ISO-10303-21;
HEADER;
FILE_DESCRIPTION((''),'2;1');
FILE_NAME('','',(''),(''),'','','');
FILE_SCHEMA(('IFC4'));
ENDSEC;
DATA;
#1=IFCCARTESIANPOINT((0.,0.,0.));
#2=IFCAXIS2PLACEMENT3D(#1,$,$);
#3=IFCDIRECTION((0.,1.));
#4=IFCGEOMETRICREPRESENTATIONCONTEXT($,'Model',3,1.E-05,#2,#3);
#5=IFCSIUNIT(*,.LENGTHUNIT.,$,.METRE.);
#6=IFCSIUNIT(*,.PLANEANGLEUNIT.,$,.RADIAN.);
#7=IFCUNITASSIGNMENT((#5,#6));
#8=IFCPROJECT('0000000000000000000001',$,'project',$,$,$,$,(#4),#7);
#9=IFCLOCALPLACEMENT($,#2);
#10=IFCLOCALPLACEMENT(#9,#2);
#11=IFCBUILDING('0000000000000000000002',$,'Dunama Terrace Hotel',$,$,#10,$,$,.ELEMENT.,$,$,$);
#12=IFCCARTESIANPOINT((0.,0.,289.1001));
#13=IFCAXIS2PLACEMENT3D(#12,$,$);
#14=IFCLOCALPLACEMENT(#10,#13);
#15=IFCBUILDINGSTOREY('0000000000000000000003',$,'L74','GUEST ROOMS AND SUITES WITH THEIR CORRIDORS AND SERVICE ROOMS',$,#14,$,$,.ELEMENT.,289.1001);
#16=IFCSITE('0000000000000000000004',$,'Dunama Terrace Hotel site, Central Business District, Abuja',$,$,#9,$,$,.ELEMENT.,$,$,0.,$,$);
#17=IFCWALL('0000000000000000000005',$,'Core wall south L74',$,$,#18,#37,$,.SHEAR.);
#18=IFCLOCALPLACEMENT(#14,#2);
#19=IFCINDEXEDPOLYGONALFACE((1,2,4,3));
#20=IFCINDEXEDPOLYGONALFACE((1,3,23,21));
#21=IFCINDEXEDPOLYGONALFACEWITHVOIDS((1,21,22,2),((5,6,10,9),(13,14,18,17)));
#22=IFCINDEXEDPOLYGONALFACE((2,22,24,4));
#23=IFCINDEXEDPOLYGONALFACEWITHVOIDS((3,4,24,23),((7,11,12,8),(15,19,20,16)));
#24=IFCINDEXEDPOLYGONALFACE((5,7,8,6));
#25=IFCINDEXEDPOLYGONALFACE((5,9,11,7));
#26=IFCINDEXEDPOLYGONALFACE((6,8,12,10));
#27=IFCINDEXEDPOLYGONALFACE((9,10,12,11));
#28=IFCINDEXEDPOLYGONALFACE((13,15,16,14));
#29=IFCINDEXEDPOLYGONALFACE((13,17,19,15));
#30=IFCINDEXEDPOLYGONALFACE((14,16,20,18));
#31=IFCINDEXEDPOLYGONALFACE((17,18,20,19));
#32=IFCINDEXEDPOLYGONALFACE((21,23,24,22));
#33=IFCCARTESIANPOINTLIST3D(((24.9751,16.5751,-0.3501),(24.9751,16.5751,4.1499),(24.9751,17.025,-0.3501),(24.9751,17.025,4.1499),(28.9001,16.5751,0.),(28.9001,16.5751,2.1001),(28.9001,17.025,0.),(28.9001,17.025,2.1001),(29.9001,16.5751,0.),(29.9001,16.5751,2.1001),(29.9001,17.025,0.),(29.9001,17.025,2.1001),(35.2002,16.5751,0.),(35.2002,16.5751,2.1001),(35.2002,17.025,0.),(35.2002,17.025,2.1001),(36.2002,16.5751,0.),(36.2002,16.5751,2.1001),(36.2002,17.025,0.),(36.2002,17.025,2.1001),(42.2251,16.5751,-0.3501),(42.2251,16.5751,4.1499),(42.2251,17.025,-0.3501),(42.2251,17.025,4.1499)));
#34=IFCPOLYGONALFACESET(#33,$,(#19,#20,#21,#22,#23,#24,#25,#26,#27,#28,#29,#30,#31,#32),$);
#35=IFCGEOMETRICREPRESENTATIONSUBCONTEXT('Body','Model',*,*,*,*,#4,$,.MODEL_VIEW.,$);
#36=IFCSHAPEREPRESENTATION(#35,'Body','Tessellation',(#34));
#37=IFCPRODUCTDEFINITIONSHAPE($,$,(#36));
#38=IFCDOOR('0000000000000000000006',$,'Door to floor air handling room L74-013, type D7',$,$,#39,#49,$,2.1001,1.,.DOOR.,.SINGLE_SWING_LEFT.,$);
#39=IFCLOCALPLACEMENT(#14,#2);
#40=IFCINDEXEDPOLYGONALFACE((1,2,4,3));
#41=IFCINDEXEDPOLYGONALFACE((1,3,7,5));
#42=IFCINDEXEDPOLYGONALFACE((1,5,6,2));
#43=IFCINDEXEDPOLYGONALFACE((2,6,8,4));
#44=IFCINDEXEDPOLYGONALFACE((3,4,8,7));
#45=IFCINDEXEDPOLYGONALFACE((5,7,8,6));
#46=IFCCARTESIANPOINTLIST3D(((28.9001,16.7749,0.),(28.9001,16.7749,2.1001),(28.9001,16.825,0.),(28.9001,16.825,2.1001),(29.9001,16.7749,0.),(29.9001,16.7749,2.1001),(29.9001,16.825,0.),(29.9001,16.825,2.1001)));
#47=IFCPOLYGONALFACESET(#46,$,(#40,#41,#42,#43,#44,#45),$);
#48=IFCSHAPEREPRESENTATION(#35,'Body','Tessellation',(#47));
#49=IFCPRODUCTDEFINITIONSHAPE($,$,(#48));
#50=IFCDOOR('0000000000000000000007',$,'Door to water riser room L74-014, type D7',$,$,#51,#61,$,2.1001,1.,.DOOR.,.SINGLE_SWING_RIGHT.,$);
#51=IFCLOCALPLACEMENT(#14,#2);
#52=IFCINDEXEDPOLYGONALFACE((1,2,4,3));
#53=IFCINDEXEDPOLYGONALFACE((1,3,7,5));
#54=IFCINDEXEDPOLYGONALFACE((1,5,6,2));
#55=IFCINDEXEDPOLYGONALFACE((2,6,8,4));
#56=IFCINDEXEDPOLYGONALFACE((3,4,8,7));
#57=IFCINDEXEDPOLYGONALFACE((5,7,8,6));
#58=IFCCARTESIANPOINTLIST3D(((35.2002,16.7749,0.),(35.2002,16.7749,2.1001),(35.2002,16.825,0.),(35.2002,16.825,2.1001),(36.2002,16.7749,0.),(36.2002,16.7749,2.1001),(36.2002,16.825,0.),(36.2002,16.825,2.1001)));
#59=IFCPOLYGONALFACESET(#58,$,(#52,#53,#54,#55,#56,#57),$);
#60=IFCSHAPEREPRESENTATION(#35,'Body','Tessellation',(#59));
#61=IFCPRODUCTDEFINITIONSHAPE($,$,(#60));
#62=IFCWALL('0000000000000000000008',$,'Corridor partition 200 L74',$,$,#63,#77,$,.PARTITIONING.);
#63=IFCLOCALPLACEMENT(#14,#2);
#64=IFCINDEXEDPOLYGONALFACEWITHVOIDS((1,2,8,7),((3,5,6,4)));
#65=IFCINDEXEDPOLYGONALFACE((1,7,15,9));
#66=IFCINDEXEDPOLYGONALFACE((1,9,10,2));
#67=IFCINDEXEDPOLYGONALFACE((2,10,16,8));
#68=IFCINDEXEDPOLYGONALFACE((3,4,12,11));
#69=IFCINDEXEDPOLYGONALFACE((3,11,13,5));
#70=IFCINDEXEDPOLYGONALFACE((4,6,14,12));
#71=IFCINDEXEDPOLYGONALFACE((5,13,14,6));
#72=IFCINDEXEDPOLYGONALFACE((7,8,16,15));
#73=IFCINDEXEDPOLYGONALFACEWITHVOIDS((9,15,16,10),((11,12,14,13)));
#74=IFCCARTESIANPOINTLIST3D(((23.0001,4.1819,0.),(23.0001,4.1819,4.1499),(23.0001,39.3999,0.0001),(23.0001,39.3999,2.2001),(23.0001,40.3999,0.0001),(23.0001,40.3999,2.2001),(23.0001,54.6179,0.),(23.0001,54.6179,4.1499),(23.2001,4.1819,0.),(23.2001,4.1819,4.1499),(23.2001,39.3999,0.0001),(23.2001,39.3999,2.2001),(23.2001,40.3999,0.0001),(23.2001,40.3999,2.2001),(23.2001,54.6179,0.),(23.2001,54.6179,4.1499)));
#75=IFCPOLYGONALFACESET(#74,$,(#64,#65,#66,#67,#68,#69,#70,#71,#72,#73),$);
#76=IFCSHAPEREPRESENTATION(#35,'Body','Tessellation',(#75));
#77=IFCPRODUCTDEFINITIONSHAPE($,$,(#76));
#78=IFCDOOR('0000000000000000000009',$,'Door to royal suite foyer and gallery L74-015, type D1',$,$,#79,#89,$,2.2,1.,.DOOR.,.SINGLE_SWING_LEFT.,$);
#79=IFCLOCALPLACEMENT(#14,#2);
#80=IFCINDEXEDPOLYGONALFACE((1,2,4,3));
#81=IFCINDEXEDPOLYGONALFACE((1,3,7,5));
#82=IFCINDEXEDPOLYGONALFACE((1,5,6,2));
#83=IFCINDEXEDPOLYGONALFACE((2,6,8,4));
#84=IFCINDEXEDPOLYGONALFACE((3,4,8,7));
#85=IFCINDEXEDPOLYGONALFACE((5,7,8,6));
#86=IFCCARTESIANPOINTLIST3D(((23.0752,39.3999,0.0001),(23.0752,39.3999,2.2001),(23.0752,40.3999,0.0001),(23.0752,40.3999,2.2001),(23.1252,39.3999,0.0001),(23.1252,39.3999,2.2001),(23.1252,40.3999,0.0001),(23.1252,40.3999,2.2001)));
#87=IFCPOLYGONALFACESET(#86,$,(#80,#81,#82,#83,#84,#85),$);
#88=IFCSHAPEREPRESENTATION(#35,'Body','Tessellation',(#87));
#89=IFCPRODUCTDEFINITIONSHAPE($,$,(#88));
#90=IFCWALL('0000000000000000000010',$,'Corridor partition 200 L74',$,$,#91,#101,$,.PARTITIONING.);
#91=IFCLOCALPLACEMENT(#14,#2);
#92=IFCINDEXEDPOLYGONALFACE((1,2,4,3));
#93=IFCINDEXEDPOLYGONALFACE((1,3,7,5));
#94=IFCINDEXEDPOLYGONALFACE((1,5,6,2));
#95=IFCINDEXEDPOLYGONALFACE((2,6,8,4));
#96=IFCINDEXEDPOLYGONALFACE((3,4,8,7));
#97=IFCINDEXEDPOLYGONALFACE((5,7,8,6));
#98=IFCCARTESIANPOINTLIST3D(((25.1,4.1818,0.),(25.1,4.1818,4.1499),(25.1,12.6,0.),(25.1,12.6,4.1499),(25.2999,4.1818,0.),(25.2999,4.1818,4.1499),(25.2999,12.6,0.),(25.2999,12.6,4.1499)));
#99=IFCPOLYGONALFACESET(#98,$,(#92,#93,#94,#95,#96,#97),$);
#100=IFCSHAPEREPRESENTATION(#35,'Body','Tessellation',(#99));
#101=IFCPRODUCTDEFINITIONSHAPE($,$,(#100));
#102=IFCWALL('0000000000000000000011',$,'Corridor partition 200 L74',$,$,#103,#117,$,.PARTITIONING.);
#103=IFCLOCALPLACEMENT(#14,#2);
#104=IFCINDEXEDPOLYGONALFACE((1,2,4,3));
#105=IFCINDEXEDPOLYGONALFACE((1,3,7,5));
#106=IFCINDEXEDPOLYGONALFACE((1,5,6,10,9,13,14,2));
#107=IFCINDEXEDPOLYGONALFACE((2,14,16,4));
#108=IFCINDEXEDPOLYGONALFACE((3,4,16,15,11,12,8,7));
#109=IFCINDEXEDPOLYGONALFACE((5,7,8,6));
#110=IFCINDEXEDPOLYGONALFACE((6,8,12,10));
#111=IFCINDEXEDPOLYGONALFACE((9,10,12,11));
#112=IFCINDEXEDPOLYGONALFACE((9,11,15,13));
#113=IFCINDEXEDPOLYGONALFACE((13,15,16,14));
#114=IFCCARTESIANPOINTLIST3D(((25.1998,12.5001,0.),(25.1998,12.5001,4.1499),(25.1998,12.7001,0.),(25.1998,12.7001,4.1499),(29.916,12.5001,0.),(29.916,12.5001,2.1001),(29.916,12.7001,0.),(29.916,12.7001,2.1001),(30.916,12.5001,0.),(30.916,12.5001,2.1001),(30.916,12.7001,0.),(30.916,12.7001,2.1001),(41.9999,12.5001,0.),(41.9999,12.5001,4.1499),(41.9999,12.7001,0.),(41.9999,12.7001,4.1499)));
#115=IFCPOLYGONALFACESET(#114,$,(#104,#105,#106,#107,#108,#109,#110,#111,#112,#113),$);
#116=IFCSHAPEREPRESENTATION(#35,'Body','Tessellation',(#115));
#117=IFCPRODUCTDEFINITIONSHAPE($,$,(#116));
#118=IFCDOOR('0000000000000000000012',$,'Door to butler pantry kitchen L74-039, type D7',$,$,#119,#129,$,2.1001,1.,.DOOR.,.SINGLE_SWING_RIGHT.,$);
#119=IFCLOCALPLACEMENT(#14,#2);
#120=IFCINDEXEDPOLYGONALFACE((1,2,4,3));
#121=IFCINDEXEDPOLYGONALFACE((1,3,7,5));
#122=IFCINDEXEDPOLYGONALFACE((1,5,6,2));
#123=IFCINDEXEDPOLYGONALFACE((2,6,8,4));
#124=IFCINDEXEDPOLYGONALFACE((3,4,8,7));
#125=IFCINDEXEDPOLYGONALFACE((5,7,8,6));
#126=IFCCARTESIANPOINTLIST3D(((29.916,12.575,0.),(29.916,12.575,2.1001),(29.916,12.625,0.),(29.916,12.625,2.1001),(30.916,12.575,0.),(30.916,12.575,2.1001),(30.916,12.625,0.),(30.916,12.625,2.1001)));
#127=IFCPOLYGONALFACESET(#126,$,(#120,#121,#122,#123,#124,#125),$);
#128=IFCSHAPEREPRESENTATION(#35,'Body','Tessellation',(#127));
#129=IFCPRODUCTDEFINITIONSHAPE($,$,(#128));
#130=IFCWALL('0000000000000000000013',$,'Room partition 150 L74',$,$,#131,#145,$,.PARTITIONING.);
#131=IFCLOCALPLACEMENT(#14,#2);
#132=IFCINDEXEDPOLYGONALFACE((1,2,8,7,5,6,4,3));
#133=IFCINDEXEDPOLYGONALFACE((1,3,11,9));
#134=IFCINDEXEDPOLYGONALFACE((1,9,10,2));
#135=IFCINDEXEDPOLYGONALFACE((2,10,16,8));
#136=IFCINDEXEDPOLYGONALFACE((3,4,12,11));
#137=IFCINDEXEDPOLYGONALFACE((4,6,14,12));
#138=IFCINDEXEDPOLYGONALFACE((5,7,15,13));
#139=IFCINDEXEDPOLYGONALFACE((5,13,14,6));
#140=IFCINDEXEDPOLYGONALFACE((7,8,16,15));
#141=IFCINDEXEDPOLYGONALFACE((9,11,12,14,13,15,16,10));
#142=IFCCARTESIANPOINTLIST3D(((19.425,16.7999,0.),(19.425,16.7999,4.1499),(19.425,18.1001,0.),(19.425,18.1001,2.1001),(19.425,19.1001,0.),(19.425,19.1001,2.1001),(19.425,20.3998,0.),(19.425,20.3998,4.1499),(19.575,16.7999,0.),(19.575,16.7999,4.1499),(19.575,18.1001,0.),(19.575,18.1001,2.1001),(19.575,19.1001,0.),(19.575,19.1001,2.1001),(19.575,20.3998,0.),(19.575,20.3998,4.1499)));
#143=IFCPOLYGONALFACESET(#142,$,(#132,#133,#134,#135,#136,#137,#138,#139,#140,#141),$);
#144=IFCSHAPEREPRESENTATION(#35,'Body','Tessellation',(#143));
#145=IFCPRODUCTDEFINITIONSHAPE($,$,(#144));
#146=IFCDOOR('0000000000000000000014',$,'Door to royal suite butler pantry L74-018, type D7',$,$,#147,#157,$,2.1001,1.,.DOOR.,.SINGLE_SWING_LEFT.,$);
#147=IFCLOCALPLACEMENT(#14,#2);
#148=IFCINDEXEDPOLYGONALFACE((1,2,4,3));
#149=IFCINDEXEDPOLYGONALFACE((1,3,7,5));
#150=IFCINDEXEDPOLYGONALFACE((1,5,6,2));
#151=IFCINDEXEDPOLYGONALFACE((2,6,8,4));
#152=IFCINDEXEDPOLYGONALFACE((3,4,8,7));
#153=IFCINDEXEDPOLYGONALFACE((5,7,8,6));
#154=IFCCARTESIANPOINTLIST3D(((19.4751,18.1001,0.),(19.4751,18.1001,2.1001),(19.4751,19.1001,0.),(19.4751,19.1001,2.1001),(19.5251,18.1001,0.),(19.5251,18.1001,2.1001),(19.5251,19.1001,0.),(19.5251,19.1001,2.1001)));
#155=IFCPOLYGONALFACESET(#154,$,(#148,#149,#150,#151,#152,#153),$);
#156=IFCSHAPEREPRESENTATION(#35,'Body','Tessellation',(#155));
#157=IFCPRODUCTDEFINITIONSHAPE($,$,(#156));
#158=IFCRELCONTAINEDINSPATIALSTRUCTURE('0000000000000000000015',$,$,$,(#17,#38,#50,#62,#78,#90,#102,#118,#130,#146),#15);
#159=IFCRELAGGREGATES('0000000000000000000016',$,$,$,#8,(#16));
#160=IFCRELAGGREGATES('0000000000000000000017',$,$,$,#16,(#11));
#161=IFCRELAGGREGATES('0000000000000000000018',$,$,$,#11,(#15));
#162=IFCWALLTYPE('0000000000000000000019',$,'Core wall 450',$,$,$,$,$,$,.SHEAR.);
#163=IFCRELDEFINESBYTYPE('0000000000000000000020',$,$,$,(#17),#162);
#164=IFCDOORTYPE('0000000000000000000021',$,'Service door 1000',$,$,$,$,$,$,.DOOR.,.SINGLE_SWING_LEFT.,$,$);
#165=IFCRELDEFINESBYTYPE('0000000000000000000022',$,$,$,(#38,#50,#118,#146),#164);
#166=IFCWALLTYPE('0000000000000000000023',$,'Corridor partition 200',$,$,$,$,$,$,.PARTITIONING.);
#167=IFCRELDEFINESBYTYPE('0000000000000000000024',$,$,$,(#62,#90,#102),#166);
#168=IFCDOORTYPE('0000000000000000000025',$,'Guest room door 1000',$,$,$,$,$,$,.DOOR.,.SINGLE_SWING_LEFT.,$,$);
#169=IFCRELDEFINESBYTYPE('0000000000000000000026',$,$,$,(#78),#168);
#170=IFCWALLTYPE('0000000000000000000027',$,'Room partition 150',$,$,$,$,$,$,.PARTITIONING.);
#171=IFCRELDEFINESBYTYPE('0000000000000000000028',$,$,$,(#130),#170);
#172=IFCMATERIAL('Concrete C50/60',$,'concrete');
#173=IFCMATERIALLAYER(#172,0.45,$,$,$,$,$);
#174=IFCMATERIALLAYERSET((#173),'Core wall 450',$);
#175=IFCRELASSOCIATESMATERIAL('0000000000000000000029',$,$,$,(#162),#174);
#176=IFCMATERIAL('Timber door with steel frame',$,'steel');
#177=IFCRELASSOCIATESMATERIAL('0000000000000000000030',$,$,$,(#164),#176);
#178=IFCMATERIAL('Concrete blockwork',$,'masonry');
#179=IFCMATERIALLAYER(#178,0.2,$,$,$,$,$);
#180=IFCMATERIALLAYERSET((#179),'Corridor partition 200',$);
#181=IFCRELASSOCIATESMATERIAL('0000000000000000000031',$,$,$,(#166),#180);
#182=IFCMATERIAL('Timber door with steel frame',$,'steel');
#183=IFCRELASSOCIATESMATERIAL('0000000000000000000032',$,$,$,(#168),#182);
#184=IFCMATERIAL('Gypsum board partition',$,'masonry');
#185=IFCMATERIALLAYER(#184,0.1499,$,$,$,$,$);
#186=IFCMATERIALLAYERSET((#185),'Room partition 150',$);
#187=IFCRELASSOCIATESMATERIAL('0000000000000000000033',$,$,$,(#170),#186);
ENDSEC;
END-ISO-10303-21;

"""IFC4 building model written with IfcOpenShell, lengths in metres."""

from ifc_helpers import new_model, si_unit, direction, frame, frame_2d, origin, place, context, subcontext, project, spatial, rectangle, extrude, material, layer, layer_set, type_object, element, fill, save


model = new_model("IFC4")

# Units and contexts
model_context = context("Model", 3, precision=1e-05, world=origin(), true_north=direction((0.0, 1.0)))
body_context = subcontext(model_context, "Body", "Model", "MODEL_VIEW")
ifc_project = project(units=[si_unit("LENGTHUNIT", "METRE"), si_unit("PLANEANGLEUNIT", "RADIAN")], contexts=[model_context])

# Site, building, storey
site_placement = place(None, origin())
site = spatial("IfcSite", under=ifc_project, at=site_placement, Name="Dunama Terrace Hotel site, Central Business District, Abuja", CompositionType="ELEMENT", RefElevation=0.0)
building_placement = place(site_placement, origin())
building = spatial("IfcBuilding", under=site, at=building_placement, Name="Dunama Terrace Hotel", CompositionType="ELEMENT")
storey_placement = place(building_placement, frame((0.0, 0.0, 289.1001)))
storey = spatial("IfcBuildingStorey", under=building, at=storey_placement, Name="L74", Description="GUEST ROOMS AND SUITES WITH THEIR CORRIDORS AND SERVICE ROOMS", CompositionType="ELEMENT", Elevation=289.1001)

# Wall, openings, doors
ifc_material_1 = material(Name="Concrete C50/60", Category="concrete")
ifc_layer_1 = layer(ifc_material_1, 0.45)
ifc_layer_set_1 = layer_set([ifc_layer_1], Name="Core wall 450")
wall_type_1 = type_object("IfcWallType", Name="Core wall 450", PredefinedType="SHEAR", material=ifc_layer_set_1)
wall_1_placement = place(storey_placement, frame((24.9751, 16.8, -0.3501), z_axis=(0.0, 0.0, 1.0), x_axis=(1.0, 0.0, 0.0)))
wall_1 = element("IfcWall", 1, at=wall_1_placement, inside=storey, type_object=wall_type_1, Name="Core wall south L74", PredefinedType="SHEAR", context=body_context, shape_type="SweptSolid", body=[
    extrude(rectangle(XDim=17.25, YDim=0.45, at=frame_2d((8.625, 0.0))), origin(), (0.0, 0.0, 1.0), 4.5),
])
opening_1_placement = place(wall_1_placement, frame((3.925, 0.0, 0.3501)))
opening_1 = element("IfcOpeningElement", 2, at=opening_1_placement, cuts=wall_1, PredefinedType="OPENING", context=body_context, shape_type="SweptSolid", body=[
    extrude(rectangle(XDim=1.0, YDim=2.1001, at=frame_2d((0.5, 1.05))), frame((0.0, 0.2349, 0.0), z_axis=(0.0, -1.0, 0.0), x_axis=(1.0, 0.0, 0.0)), (0.0, 0.0, 1.0), 0.47),
])
opening_2_placement = place(wall_1_placement, frame((10.2251, 0.0, 0.3501)))
opening_2 = element("IfcOpeningElement", 3, at=opening_2_placement, cuts=wall_1, PredefinedType="OPENING", context=body_context, shape_type="SweptSolid", body=[
    extrude(rectangle(XDim=1.0, YDim=2.1001, at=frame_2d((0.5, 1.05))), frame((0.0, 0.2349, 0.0), z_axis=(0.0, -1.0, 0.0), x_axis=(1.0, 0.0, 0.0)), (0.0, 0.0, 1.0), 0.47),
])
ifc_material_2 = material(Name="Timber door with steel frame", Category="steel")
door_type_1 = type_object("IfcDoorType", Name="Service door 1000", OperationType="SINGLE_SWING_LEFT", PredefinedType="DOOR", material=ifc_material_2)
door_1_placement = place(opening_1_placement, origin())
door_1 = element("IfcDoor", 4, at=door_1_placement, inside=storey, type_object=door_type_1, Name="Door to floor air handling room L74-013, type D7", OperationType="SINGLE_SWING_LEFT", OverallHeight=2.1001, OverallWidth=1.0, PredefinedType="DOOR", context=body_context, shape_type="SweptSolid", body=[
    extrude(rectangle(XDim=1.0, YDim=2.1001, at=frame_2d((0.5, 1.05))), frame((0.0, 0.0249, 0.0), z_axis=(0.0, -1.0, 0.0), x_axis=(1.0, 0.0, 0.0)), (0.0, 0.0, 1.0), 0.05),
])
fill(opening_1, door_1)
door_2_placement = place(opening_2_placement, origin())
door_2 = element("IfcDoor", 5, at=door_2_placement, inside=storey, type_object=door_type_1, Name="Door to water riser room L74-014, type D7", OperationType="SINGLE_SWING_RIGHT", OverallHeight=2.1001, OverallWidth=1.0, PredefinedType="DOOR", context=body_context, shape_type="SweptSolid", body=[
    extrude(rectangle(XDim=1.0, YDim=2.1001, at=frame_2d((0.5, 1.05))), frame((0.0, 0.0249, 0.0), z_axis=(0.0, -1.0, 0.0), x_axis=(1.0, 0.0, 0.0)), (0.0, 0.0, 1.0), 0.05),
])
fill(opening_2, door_2)

# Wall, opening, door
ifc_material_3 = material(Name="Concrete blockwork", Category="masonry")
ifc_layer_2 = layer(ifc_material_3, 0.2)
ifc_layer_set_2 = layer_set([ifc_layer_2], Name="Corridor partition 200")
wall_type_2 = type_object("IfcWallType", Name="Corridor partition 200", PredefinedType="PARTITIONING", material=ifc_layer_set_2)
wall_2_placement = place(storey_placement, frame((23.1001, 4.1819, 0.0), z_axis=(0.0, 0.0, 1.0), x_axis=(0.0, 1.0, 0.0)))
wall_2 = element("IfcWall", 6, at=wall_2_placement, inside=storey, type_object=wall_type_2, Name="Corridor partition 200 L74", PredefinedType="PARTITIONING", context=body_context, shape_type="SweptSolid", body=[
    extrude(rectangle(XDim=50.436, YDim=0.2, at=frame_2d((25.218, 0.0))), origin(), (0.0, 0.0, 1.0), 4.1499),
])
opening_3_placement = place(wall_2_placement, frame((35.218, 0.0, 0.0)))
opening_3 = element("IfcOpeningElement", 7, at=opening_3_placement, cuts=wall_2, PredefinedType="OPENING", context=body_context, shape_type="SweptSolid", body=[
    extrude(rectangle(XDim=1.0, YDim=2.2, at=frame_2d((0.5, 1.1001))), frame((0.0, 0.1099, 0.0), z_axis=(0.0, -1.0, 0.0), x_axis=(1.0, 0.0, 0.0)), (0.0, 0.0, 1.0), 0.22),
])
ifc_material_4 = material(Name="Timber door with steel frame", Category="steel")
door_type_2 = type_object("IfcDoorType", Name="Guest room door 1000", OperationType="SINGLE_SWING_LEFT", PredefinedType="DOOR", material=ifc_material_4)
door_3_placement = place(opening_3_placement, origin())
door_3 = element("IfcDoor", 8, at=door_3_placement, inside=storey, type_object=door_type_2, Name="Door to royal suite foyer and gallery L74-015, type D1", OperationType="SINGLE_SWING_LEFT", OverallHeight=2.2, OverallWidth=1.0, PredefinedType="DOOR", context=body_context, shape_type="SweptSolid", body=[
    extrude(rectangle(XDim=1.0, YDim=2.2, at=frame_2d((0.5, 1.1001))), frame((0.0, 0.0249, 0.0), z_axis=(0.0, -1.0, 0.0), x_axis=(1.0, 0.0, 0.0)), (0.0, 0.0, 1.0), 0.05),
])
fill(opening_3, door_3)

# Wall
wall_3_placement = place(storey_placement, frame((25.2, 4.1819, 0.0), z_axis=(0.0, 0.0, 1.0), x_axis=(0.0, 1.0, 0.0)))
element("IfcWall", 9, at=wall_3_placement, inside=storey, type_object=wall_type_2, Name="Corridor partition 200 L74", PredefinedType="PARTITIONING", context=body_context, shape_type="SweptSolid", body=[
    extrude(rectangle(XDim=8.4182, YDim=0.2, at=frame_2d((4.209, 0.0))), origin(), (0.0, 0.0, 1.0), 4.1499),
])

# Walls, openings, doors
wall_4_placement = place(storey_placement, frame((25.2, 12.6001, 0.0), z_axis=(0.0, 0.0, 1.0), x_axis=(1.0, 0.0, 0.0)))
wall_4 = element("IfcWall", 10, at=wall_4_placement, inside=storey, type_object=wall_type_2, Name="Corridor partition 200 L74", PredefinedType="PARTITIONING", context=body_context, shape_type="SweptSolid", body=[
    extrude(rectangle(XDim=16.8, YDim=0.2, at=frame_2d((8.3999, 0.0))), origin(), (0.0, 0.0, 1.0), 4.1499),
])
opening_4_placement = place(wall_4_placement, frame((4.7161, 0.0, 0.0)))
opening_4 = element("IfcOpeningElement", 11, at=opening_4_placement, cuts=wall_4, PredefinedType="OPENING", context=body_context, shape_type="SweptSolid", body=[
    extrude(rectangle(XDim=1.0, YDim=2.1001, at=frame_2d((0.5, 1.05))), frame((0.0, 0.1099, 0.0), z_axis=(0.0, -1.0, 0.0), x_axis=(1.0, 0.0, 0.0)), (0.0, 0.0, 1.0), 0.22),
])
door_4_placement = place(opening_4_placement, frame((1.0, 0.0, 0.0), z_axis=(0.0, 0.0, 1.0), x_axis=(-1.0, 0.0, 0.0)))
door_4 = element("IfcDoor", 12, at=door_4_placement, inside=storey, type_object=door_type_1, Name="Door to butler pantry kitchen L74-039, type D7", OperationType="SINGLE_SWING_RIGHT", OverallHeight=2.1001, OverallWidth=1.0, PredefinedType="DOOR", context=body_context, shape_type="SweptSolid", body=[
    extrude(rectangle(XDim=1.0, YDim=2.1001, at=frame_2d((0.5, 1.05))), frame((0.0, 0.0251, 0.0), z_axis=(0.0, -1.0, 0.0), x_axis=(1.0, 0.0, 0.0)), (0.0, 0.0, 1.0), 0.05),
])
fill(opening_4, door_4)
ifc_material_5 = material(Name="Gypsum board partition", Category="masonry")
ifc_layer_3 = layer(ifc_material_5, 0.1499)
ifc_layer_set_3 = layer_set([ifc_layer_3], Name="Room partition 150")
wall_type_3 = type_object("IfcWallType", Name="Room partition 150", PredefinedType="PARTITIONING", material=ifc_layer_set_3)
wall_5_placement = place(storey_placement, frame((19.5, 16.8, 0.0), z_axis=(0.0, 0.0, 1.0), x_axis=(0.0, 1.0, 0.0)))
wall_5 = element("IfcWall", 13, at=wall_5_placement, inside=storey, type_object=wall_type_3, Name="Room partition 150 L74", PredefinedType="PARTITIONING", context=body_context, shape_type="SweptSolid", body=[
    extrude(rectangle(XDim=3.5999, YDim=0.1499, at=frame_2d((1.7998, 0.0))), origin(), (0.0, 0.0, 1.0), 4.1499),
])
opening_5_placement = place(wall_5_placement, frame((1.3, 0.0, 0.0)))
opening_5 = element("IfcOpeningElement", 14, at=opening_5_placement, cuts=wall_5, PredefinedType="OPENING", context=body_context, shape_type="SweptSolid", body=[
    extrude(rectangle(XDim=1.0, YDim=2.1001, at=frame_2d((0.5, 1.05))), frame((0.0, 0.085, 0.0), z_axis=(0.0, -1.0, 0.0), x_axis=(1.0, 0.0, 0.0)), (0.0, 0.0, 1.0), 0.1699),
])
door_5_placement = place(opening_5_placement, frame((1.0, 0.0, 0.0), z_axis=(0.0, 0.0, 1.0), x_axis=(-1.0, 0.0, 0.0)))
door_5 = element("IfcDoor", 15, at=door_5_placement, inside=storey, type_object=door_type_1, Name="Door to royal suite butler pantry L74-018, type D7", OperationType="SINGLE_SWING_LEFT", OverallHeight=2.1001, OverallWidth=1.0, PredefinedType="DOOR", context=body_context, shape_type="SweptSolid", body=[
    extrude(rectangle(XDim=1.0, YDim=2.1001, at=frame_2d((0.5, 1.05))), frame((0.0, 0.0251, 0.0), z_axis=(0.0, -1.0, 0.0), x_axis=(1.0, 0.0, 0.0)), (0.0, 0.0, 1.0), 0.05),
])
fill(opening_5, door_5)

save(model, "model.ifc")
